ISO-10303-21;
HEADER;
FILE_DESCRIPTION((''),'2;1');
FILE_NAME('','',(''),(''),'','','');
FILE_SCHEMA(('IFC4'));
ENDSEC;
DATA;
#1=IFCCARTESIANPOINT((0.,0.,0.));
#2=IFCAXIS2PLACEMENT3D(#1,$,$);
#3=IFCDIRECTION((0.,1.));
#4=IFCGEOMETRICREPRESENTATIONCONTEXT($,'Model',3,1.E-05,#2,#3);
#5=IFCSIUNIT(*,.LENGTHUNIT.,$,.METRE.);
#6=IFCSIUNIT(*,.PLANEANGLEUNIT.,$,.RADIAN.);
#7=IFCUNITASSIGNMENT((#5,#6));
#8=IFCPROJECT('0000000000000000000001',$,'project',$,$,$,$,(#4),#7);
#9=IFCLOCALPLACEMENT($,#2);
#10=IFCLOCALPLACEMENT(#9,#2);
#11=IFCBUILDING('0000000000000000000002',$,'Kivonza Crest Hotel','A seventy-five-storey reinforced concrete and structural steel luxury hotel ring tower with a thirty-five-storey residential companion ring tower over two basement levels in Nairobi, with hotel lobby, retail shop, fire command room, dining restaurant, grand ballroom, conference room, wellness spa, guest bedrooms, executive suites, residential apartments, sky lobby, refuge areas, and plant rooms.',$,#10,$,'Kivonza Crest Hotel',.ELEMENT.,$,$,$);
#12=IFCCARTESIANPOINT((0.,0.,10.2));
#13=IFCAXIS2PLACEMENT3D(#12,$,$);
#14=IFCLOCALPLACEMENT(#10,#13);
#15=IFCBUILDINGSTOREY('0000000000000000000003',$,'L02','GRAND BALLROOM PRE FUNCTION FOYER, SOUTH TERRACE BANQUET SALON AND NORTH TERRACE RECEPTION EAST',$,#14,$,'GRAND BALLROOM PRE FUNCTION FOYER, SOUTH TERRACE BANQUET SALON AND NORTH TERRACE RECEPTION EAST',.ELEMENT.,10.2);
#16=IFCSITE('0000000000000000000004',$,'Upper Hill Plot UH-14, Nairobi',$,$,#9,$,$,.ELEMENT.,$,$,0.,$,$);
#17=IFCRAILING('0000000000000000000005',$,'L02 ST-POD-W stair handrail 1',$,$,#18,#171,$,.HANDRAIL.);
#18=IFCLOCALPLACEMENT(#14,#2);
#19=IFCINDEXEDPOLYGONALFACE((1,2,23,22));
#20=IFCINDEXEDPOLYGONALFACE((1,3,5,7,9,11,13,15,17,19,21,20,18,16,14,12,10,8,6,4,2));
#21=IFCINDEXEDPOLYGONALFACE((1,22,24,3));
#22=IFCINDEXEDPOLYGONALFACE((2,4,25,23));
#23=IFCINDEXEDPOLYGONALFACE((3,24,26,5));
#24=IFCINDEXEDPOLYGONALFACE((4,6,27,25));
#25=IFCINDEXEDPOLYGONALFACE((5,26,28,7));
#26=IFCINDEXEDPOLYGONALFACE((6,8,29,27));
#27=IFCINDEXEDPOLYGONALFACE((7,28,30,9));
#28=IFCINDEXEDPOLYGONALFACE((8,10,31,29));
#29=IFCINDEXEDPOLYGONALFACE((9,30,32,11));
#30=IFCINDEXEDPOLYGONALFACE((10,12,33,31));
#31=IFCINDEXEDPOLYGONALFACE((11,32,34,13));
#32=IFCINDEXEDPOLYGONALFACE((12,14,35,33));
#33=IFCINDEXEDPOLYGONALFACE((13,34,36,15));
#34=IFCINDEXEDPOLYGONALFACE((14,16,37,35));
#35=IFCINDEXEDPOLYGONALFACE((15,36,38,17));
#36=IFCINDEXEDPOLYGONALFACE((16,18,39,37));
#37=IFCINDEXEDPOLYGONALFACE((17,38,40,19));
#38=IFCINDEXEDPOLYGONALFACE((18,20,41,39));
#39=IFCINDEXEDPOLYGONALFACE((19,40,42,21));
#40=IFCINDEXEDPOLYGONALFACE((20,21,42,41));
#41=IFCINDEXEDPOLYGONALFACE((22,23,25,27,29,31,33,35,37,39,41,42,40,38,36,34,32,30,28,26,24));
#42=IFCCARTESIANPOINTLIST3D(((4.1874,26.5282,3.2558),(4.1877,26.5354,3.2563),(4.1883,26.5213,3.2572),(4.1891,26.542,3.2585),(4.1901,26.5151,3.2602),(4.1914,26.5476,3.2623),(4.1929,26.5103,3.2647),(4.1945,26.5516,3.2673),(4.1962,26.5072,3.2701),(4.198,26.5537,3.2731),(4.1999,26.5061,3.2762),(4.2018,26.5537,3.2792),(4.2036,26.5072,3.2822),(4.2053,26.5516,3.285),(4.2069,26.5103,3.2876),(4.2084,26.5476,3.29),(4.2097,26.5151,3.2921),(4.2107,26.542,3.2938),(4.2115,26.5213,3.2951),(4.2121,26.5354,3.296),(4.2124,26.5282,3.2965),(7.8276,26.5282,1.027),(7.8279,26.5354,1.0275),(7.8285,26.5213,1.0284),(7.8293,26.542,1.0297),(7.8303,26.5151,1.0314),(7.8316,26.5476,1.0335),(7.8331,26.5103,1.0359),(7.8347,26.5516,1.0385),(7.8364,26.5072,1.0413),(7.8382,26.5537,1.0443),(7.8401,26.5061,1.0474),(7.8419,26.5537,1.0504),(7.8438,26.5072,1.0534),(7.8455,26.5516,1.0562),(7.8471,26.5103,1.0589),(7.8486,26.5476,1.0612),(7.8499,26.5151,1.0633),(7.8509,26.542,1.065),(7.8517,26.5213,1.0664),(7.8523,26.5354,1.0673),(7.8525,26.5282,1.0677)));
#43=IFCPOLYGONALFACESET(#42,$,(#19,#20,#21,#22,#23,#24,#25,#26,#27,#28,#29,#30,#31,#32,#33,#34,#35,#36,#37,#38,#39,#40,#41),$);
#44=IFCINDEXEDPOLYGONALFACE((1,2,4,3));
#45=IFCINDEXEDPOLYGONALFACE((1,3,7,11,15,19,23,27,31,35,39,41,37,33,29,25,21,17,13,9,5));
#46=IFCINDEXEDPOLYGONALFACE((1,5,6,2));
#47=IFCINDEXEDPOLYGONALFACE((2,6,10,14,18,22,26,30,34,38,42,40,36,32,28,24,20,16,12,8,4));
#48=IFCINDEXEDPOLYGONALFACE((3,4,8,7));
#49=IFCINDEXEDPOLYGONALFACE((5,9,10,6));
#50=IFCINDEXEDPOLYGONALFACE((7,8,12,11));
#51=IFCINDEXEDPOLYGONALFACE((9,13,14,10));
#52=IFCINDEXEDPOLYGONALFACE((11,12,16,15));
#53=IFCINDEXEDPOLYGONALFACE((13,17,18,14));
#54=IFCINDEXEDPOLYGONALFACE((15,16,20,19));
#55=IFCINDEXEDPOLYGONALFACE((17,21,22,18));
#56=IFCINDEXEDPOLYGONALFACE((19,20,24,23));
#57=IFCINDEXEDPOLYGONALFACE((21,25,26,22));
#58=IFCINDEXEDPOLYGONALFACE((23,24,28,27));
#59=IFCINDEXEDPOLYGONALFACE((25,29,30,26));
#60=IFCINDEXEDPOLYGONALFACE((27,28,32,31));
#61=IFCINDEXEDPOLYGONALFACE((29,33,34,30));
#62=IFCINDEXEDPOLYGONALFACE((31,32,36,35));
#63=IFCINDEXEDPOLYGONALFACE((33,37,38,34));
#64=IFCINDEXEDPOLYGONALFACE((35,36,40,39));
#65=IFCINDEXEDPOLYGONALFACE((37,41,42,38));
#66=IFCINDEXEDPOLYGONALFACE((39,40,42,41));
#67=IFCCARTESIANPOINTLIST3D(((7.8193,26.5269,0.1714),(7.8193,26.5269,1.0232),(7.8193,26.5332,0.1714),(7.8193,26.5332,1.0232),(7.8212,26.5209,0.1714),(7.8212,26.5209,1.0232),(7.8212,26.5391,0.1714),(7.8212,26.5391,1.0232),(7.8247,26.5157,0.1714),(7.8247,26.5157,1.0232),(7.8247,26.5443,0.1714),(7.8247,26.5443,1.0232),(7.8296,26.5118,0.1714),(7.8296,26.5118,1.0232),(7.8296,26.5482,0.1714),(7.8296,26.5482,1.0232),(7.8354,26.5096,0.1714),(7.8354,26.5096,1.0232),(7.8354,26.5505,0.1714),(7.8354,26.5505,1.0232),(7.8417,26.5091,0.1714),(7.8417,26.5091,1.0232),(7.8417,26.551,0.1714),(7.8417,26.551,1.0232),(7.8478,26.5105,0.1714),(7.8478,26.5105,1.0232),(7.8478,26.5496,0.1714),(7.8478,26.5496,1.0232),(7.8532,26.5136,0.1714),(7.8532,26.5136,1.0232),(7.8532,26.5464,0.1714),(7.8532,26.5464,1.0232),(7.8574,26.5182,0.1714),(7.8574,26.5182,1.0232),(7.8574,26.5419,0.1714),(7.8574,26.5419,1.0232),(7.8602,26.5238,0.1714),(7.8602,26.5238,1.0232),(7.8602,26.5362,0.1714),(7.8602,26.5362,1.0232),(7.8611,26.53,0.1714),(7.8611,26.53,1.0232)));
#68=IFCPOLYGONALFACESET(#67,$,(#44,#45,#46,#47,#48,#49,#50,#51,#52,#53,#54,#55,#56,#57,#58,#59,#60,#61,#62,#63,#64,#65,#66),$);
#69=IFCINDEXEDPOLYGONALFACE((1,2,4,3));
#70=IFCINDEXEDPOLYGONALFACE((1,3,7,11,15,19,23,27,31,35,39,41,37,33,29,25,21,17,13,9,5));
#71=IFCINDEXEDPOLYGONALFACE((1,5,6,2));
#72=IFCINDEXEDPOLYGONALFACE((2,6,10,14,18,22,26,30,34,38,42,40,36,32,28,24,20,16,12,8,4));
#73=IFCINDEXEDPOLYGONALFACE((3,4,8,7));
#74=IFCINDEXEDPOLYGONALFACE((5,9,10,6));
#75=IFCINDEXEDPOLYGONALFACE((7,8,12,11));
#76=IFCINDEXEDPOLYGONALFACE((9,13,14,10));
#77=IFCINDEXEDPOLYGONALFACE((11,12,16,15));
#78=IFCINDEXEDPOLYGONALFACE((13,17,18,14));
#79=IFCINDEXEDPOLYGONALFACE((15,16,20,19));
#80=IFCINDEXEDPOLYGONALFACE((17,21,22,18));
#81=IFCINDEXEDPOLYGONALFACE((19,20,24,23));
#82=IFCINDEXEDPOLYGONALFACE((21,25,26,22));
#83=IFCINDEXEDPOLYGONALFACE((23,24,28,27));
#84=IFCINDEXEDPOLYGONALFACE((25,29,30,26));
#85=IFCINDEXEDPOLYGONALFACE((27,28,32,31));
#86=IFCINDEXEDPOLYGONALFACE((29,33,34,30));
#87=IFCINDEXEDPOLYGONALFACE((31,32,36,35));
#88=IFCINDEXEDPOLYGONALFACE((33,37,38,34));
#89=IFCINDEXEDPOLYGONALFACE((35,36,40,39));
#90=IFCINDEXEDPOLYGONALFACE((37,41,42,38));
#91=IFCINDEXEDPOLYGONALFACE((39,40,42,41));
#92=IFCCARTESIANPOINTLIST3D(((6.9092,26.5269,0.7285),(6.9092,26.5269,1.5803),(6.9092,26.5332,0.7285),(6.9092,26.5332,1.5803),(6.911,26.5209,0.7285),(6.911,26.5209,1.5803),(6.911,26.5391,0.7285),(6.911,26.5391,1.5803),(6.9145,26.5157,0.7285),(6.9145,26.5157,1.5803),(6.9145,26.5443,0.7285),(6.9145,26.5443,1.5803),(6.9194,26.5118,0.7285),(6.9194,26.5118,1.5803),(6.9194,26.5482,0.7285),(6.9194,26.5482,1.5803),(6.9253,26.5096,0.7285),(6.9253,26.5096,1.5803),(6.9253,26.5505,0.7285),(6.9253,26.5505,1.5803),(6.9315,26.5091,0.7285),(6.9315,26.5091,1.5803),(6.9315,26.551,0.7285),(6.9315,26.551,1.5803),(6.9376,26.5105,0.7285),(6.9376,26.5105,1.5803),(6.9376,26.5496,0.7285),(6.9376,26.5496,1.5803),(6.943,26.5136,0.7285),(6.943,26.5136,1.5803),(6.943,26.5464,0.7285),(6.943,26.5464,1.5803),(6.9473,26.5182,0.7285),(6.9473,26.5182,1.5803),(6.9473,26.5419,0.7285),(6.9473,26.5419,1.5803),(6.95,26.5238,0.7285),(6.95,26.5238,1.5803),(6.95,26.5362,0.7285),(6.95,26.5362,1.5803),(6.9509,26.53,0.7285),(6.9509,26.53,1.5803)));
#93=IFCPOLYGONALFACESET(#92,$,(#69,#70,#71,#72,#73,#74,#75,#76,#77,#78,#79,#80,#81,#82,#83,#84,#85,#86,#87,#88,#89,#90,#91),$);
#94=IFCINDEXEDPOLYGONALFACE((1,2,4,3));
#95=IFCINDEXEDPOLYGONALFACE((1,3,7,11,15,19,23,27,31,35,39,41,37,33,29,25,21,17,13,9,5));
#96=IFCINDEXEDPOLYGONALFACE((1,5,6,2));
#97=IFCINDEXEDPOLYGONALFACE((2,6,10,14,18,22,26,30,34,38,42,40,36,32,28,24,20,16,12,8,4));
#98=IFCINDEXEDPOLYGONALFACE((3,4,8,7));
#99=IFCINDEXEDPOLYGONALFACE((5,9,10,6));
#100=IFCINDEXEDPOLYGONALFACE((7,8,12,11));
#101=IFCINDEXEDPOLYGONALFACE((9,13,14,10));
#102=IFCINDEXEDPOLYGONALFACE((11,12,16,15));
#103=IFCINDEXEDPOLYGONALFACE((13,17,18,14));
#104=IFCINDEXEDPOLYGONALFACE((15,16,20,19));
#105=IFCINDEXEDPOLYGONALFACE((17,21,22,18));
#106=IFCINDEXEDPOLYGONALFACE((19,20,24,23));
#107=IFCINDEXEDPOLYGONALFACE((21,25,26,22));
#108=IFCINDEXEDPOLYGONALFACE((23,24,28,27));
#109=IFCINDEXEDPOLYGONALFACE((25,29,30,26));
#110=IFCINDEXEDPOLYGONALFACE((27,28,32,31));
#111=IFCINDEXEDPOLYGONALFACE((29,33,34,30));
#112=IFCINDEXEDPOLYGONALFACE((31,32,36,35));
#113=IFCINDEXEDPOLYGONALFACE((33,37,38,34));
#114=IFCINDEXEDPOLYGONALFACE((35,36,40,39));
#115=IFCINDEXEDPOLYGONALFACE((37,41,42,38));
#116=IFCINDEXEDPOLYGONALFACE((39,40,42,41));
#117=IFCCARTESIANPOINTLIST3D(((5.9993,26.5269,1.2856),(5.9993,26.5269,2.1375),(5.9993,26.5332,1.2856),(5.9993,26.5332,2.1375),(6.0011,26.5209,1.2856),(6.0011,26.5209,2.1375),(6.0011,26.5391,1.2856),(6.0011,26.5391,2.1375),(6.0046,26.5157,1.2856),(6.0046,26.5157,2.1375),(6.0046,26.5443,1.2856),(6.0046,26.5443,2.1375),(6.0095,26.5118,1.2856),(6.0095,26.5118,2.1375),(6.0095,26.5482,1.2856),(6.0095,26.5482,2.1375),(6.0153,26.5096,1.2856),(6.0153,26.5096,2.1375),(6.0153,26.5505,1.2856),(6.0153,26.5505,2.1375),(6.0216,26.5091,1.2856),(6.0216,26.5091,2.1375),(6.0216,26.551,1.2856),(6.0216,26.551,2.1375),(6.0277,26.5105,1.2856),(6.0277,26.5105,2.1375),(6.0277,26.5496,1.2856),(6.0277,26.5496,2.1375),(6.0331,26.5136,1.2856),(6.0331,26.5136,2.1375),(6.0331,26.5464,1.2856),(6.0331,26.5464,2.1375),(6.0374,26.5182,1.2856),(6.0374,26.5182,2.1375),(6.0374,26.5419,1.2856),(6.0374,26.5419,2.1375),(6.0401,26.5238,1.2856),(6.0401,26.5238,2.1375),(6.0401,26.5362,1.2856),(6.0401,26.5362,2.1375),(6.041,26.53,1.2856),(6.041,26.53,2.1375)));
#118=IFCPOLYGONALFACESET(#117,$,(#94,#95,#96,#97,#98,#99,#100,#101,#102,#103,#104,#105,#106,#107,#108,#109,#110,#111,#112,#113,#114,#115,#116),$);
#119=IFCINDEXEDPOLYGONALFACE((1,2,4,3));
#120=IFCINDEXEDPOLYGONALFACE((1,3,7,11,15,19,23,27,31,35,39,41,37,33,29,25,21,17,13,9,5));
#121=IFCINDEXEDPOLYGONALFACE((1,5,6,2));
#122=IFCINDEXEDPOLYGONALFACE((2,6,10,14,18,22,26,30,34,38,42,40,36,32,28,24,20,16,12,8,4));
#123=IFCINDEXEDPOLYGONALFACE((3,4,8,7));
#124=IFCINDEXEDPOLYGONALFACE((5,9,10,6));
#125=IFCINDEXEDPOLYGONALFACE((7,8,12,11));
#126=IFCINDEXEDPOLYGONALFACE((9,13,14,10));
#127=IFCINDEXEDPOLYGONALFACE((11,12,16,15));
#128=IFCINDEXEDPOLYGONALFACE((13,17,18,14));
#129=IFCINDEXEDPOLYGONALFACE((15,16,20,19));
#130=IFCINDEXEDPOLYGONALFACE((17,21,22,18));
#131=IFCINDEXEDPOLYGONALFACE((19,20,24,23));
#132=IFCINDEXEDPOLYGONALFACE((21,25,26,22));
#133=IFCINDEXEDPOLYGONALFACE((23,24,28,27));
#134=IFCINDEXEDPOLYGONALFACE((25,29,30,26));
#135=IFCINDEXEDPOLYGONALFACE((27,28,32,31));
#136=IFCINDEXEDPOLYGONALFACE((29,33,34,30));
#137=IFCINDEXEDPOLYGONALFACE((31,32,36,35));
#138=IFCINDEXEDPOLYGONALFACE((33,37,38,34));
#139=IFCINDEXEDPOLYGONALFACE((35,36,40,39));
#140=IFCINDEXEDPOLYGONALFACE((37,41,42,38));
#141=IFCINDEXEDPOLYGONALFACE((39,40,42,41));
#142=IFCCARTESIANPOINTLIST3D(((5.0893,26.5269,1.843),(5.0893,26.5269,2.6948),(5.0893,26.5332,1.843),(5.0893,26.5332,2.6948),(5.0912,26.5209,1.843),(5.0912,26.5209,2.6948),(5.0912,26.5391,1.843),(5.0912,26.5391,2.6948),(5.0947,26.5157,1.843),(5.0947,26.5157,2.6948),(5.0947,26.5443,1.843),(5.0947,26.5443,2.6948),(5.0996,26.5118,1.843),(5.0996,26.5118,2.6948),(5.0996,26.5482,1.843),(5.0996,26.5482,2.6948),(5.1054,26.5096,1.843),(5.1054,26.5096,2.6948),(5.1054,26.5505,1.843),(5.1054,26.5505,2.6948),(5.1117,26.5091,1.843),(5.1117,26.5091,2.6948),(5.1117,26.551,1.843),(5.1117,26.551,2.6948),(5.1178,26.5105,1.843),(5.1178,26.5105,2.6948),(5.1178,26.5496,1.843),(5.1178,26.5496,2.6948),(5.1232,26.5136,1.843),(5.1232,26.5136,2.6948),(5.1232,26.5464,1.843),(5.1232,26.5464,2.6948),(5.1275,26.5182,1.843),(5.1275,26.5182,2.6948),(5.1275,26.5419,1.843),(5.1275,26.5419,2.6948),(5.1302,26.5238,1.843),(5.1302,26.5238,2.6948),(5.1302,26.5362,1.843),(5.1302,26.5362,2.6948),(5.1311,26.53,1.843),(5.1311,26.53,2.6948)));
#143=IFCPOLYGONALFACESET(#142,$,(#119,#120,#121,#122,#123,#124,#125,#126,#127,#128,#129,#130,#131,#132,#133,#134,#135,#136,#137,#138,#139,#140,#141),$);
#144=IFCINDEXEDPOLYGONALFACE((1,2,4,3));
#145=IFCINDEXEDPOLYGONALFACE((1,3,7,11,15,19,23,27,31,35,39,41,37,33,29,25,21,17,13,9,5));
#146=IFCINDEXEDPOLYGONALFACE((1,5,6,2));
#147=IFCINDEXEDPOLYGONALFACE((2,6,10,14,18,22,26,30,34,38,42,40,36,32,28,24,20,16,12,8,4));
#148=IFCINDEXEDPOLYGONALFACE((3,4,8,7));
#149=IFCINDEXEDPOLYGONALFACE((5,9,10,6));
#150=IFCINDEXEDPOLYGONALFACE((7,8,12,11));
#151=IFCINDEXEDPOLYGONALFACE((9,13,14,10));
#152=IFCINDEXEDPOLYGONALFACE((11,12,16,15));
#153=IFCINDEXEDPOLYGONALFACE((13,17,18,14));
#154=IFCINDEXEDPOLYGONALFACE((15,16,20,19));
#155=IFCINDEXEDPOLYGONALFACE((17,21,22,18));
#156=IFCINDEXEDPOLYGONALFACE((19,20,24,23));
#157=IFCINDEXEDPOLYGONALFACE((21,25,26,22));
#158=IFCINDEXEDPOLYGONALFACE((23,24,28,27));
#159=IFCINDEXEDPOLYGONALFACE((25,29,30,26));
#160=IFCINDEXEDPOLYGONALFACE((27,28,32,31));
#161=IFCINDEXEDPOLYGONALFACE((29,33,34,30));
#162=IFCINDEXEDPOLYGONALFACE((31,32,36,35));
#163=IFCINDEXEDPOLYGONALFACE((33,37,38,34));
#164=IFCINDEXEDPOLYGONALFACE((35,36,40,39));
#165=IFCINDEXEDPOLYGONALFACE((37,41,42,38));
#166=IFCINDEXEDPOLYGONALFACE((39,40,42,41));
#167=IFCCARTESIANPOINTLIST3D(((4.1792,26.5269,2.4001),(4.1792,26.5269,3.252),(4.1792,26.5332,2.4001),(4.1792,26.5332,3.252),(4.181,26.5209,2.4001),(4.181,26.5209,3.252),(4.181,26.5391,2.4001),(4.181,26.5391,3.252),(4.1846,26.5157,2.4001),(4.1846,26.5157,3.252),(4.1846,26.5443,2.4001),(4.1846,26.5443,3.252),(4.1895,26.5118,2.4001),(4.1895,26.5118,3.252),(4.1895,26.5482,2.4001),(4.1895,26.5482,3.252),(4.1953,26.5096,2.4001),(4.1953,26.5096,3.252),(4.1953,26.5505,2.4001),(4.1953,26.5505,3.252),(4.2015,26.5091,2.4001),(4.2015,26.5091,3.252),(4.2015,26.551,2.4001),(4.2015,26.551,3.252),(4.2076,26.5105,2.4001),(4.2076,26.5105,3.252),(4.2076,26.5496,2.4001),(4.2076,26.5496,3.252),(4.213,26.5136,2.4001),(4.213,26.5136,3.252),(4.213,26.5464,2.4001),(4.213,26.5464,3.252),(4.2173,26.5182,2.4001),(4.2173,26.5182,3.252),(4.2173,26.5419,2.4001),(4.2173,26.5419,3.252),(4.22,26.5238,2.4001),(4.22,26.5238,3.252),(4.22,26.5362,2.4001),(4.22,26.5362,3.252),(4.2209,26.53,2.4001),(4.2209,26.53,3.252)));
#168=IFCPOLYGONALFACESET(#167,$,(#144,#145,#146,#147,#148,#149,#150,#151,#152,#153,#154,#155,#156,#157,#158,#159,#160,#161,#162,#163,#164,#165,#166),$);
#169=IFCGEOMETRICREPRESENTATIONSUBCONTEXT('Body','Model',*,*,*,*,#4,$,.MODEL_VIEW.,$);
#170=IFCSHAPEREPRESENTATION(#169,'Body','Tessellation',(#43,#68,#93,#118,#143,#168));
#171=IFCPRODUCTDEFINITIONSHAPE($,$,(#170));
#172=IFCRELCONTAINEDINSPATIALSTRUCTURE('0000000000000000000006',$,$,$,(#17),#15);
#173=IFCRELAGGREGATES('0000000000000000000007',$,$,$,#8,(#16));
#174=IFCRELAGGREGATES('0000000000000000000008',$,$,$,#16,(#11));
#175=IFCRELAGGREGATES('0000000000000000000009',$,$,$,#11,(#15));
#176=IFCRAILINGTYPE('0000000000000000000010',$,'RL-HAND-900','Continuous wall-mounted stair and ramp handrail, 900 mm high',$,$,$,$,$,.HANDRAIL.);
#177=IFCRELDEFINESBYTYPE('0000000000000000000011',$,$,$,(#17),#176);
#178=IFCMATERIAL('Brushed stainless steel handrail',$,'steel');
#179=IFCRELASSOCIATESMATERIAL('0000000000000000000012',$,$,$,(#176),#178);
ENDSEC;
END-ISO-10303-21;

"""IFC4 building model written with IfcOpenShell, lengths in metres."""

from ifc_helpers import new_model, si_unit, direction, frame, origin, origin_2d, place, context, subcontext, project, spatial, circle, extrude, material, type_object, element, save


model = new_model("IFC4")

# Units and contexts
model_context = context("Model", 3, precision=1e-05, world=origin(), true_north=direction((0.0, 1.0)))
body_context = subcontext(model_context, "Body", "Model", "MODEL_VIEW")
ifc_project = project(units=[si_unit("LENGTHUNIT", "METRE"), si_unit("PLANEANGLEUNIT", "RADIAN")], contexts=[model_context])

# Site, building, storey
site_placement = place(None, origin())
site = spatial("IfcSite", under=ifc_project, at=site_placement, Name="Upper Hill Plot UH-14, Nairobi", CompositionType="ELEMENT", RefElevation=0.0)
building_placement = place(site_placement, origin())
building = spatial("IfcBuilding", under=site, at=building_placement, Name="Kivonza Crest Hotel", Description="A seventy-five-storey reinforced concrete and structural steel luxury hotel ring tower with a thirty-five-storey residential companion ring tower over two basement levels in Nairobi, with hotel lobby, retail shop, fire command room, dining restaurant, grand ballroom, conference room, wellness spa, guest bedrooms, executive suites, residential apartments, sky lobby, refuge areas, and plant rooms.", LongName="Kivonza Crest Hotel", CompositionType="ELEMENT")
storey_placement = place(building_placement, frame((0.0, 0.0, 10.2)))
storey = spatial("IfcBuildingStorey", under=building, at=storey_placement, Name="L02", Description="GRAND BALLROOM PRE FUNCTION FOYER, SOUTH TERRACE BANQUET SALON AND NORTH TERRACE RECEPTION EAST", LongName="GRAND BALLROOM PRE FUNCTION FOYER, SOUTH TERRACE BANQUET SALON AND NORTH TERRACE RECEPTION EAST", CompositionType="ELEMENT", Elevation=10.2)

# Railing
ifc_material_1 = material(Name="Brushed stainless steel handrail", Category="steel")
railing_type_1 = type_object("IfcRailingType", Name="RL-HAND-900", Description="Continuous wall-mounted stair and ramp handrail, 900 mm high", PredefinedType="HANDRAIL", material=ifc_material_1)
railing_1_placement = place(storey_placement, frame((7.8401, 26.53, 0.1714)))
element("IfcRailing", 1, at=railing_1_placement, inside=storey, type_object=railing_type_1, Name="L02 ST-POD-W stair handrail 1", PredefinedType="HANDRAIL", context=body_context, shape_type="SweptSolid", body=[
    extrude(circle(Radius=0.0239, at=origin_2d()), frame((0.0, 0.0, 0.876), z_axis=(-0.85284, 0.0, 0.522172), x_axis=(0.0, -1.0, 0.0)), (0.0, 0.0, 1.0), 4.2683),
    extrude(circle(Radius=0.021, at=origin_2d()), origin(), (0.0, 0.0, 1.0), 0.8518),
    extrude(circle(Radius=0.021, at=origin_2d()), frame((-0.9102, 0.0, 0.5571)), (0.0, 0.0, 1.0), 0.8518),
    extrude(circle(Radius=0.021, at=origin_2d()), frame((-1.8201, 0.0, 1.1143)), (0.0, 0.0, 1.0), 0.8518),
    extrude(circle(Radius=0.021, at=origin_2d()), frame((-2.73, 0.0, 1.6716)), (0.0, 0.0, 1.0), 0.8518),
    extrude(circle(Radius=0.021, at=origin_2d()), frame((-3.6401, 0.0, 2.2288)), (0.0, 0.0, 1.0), 0.8518),
])

save(model, "model.ifc")
